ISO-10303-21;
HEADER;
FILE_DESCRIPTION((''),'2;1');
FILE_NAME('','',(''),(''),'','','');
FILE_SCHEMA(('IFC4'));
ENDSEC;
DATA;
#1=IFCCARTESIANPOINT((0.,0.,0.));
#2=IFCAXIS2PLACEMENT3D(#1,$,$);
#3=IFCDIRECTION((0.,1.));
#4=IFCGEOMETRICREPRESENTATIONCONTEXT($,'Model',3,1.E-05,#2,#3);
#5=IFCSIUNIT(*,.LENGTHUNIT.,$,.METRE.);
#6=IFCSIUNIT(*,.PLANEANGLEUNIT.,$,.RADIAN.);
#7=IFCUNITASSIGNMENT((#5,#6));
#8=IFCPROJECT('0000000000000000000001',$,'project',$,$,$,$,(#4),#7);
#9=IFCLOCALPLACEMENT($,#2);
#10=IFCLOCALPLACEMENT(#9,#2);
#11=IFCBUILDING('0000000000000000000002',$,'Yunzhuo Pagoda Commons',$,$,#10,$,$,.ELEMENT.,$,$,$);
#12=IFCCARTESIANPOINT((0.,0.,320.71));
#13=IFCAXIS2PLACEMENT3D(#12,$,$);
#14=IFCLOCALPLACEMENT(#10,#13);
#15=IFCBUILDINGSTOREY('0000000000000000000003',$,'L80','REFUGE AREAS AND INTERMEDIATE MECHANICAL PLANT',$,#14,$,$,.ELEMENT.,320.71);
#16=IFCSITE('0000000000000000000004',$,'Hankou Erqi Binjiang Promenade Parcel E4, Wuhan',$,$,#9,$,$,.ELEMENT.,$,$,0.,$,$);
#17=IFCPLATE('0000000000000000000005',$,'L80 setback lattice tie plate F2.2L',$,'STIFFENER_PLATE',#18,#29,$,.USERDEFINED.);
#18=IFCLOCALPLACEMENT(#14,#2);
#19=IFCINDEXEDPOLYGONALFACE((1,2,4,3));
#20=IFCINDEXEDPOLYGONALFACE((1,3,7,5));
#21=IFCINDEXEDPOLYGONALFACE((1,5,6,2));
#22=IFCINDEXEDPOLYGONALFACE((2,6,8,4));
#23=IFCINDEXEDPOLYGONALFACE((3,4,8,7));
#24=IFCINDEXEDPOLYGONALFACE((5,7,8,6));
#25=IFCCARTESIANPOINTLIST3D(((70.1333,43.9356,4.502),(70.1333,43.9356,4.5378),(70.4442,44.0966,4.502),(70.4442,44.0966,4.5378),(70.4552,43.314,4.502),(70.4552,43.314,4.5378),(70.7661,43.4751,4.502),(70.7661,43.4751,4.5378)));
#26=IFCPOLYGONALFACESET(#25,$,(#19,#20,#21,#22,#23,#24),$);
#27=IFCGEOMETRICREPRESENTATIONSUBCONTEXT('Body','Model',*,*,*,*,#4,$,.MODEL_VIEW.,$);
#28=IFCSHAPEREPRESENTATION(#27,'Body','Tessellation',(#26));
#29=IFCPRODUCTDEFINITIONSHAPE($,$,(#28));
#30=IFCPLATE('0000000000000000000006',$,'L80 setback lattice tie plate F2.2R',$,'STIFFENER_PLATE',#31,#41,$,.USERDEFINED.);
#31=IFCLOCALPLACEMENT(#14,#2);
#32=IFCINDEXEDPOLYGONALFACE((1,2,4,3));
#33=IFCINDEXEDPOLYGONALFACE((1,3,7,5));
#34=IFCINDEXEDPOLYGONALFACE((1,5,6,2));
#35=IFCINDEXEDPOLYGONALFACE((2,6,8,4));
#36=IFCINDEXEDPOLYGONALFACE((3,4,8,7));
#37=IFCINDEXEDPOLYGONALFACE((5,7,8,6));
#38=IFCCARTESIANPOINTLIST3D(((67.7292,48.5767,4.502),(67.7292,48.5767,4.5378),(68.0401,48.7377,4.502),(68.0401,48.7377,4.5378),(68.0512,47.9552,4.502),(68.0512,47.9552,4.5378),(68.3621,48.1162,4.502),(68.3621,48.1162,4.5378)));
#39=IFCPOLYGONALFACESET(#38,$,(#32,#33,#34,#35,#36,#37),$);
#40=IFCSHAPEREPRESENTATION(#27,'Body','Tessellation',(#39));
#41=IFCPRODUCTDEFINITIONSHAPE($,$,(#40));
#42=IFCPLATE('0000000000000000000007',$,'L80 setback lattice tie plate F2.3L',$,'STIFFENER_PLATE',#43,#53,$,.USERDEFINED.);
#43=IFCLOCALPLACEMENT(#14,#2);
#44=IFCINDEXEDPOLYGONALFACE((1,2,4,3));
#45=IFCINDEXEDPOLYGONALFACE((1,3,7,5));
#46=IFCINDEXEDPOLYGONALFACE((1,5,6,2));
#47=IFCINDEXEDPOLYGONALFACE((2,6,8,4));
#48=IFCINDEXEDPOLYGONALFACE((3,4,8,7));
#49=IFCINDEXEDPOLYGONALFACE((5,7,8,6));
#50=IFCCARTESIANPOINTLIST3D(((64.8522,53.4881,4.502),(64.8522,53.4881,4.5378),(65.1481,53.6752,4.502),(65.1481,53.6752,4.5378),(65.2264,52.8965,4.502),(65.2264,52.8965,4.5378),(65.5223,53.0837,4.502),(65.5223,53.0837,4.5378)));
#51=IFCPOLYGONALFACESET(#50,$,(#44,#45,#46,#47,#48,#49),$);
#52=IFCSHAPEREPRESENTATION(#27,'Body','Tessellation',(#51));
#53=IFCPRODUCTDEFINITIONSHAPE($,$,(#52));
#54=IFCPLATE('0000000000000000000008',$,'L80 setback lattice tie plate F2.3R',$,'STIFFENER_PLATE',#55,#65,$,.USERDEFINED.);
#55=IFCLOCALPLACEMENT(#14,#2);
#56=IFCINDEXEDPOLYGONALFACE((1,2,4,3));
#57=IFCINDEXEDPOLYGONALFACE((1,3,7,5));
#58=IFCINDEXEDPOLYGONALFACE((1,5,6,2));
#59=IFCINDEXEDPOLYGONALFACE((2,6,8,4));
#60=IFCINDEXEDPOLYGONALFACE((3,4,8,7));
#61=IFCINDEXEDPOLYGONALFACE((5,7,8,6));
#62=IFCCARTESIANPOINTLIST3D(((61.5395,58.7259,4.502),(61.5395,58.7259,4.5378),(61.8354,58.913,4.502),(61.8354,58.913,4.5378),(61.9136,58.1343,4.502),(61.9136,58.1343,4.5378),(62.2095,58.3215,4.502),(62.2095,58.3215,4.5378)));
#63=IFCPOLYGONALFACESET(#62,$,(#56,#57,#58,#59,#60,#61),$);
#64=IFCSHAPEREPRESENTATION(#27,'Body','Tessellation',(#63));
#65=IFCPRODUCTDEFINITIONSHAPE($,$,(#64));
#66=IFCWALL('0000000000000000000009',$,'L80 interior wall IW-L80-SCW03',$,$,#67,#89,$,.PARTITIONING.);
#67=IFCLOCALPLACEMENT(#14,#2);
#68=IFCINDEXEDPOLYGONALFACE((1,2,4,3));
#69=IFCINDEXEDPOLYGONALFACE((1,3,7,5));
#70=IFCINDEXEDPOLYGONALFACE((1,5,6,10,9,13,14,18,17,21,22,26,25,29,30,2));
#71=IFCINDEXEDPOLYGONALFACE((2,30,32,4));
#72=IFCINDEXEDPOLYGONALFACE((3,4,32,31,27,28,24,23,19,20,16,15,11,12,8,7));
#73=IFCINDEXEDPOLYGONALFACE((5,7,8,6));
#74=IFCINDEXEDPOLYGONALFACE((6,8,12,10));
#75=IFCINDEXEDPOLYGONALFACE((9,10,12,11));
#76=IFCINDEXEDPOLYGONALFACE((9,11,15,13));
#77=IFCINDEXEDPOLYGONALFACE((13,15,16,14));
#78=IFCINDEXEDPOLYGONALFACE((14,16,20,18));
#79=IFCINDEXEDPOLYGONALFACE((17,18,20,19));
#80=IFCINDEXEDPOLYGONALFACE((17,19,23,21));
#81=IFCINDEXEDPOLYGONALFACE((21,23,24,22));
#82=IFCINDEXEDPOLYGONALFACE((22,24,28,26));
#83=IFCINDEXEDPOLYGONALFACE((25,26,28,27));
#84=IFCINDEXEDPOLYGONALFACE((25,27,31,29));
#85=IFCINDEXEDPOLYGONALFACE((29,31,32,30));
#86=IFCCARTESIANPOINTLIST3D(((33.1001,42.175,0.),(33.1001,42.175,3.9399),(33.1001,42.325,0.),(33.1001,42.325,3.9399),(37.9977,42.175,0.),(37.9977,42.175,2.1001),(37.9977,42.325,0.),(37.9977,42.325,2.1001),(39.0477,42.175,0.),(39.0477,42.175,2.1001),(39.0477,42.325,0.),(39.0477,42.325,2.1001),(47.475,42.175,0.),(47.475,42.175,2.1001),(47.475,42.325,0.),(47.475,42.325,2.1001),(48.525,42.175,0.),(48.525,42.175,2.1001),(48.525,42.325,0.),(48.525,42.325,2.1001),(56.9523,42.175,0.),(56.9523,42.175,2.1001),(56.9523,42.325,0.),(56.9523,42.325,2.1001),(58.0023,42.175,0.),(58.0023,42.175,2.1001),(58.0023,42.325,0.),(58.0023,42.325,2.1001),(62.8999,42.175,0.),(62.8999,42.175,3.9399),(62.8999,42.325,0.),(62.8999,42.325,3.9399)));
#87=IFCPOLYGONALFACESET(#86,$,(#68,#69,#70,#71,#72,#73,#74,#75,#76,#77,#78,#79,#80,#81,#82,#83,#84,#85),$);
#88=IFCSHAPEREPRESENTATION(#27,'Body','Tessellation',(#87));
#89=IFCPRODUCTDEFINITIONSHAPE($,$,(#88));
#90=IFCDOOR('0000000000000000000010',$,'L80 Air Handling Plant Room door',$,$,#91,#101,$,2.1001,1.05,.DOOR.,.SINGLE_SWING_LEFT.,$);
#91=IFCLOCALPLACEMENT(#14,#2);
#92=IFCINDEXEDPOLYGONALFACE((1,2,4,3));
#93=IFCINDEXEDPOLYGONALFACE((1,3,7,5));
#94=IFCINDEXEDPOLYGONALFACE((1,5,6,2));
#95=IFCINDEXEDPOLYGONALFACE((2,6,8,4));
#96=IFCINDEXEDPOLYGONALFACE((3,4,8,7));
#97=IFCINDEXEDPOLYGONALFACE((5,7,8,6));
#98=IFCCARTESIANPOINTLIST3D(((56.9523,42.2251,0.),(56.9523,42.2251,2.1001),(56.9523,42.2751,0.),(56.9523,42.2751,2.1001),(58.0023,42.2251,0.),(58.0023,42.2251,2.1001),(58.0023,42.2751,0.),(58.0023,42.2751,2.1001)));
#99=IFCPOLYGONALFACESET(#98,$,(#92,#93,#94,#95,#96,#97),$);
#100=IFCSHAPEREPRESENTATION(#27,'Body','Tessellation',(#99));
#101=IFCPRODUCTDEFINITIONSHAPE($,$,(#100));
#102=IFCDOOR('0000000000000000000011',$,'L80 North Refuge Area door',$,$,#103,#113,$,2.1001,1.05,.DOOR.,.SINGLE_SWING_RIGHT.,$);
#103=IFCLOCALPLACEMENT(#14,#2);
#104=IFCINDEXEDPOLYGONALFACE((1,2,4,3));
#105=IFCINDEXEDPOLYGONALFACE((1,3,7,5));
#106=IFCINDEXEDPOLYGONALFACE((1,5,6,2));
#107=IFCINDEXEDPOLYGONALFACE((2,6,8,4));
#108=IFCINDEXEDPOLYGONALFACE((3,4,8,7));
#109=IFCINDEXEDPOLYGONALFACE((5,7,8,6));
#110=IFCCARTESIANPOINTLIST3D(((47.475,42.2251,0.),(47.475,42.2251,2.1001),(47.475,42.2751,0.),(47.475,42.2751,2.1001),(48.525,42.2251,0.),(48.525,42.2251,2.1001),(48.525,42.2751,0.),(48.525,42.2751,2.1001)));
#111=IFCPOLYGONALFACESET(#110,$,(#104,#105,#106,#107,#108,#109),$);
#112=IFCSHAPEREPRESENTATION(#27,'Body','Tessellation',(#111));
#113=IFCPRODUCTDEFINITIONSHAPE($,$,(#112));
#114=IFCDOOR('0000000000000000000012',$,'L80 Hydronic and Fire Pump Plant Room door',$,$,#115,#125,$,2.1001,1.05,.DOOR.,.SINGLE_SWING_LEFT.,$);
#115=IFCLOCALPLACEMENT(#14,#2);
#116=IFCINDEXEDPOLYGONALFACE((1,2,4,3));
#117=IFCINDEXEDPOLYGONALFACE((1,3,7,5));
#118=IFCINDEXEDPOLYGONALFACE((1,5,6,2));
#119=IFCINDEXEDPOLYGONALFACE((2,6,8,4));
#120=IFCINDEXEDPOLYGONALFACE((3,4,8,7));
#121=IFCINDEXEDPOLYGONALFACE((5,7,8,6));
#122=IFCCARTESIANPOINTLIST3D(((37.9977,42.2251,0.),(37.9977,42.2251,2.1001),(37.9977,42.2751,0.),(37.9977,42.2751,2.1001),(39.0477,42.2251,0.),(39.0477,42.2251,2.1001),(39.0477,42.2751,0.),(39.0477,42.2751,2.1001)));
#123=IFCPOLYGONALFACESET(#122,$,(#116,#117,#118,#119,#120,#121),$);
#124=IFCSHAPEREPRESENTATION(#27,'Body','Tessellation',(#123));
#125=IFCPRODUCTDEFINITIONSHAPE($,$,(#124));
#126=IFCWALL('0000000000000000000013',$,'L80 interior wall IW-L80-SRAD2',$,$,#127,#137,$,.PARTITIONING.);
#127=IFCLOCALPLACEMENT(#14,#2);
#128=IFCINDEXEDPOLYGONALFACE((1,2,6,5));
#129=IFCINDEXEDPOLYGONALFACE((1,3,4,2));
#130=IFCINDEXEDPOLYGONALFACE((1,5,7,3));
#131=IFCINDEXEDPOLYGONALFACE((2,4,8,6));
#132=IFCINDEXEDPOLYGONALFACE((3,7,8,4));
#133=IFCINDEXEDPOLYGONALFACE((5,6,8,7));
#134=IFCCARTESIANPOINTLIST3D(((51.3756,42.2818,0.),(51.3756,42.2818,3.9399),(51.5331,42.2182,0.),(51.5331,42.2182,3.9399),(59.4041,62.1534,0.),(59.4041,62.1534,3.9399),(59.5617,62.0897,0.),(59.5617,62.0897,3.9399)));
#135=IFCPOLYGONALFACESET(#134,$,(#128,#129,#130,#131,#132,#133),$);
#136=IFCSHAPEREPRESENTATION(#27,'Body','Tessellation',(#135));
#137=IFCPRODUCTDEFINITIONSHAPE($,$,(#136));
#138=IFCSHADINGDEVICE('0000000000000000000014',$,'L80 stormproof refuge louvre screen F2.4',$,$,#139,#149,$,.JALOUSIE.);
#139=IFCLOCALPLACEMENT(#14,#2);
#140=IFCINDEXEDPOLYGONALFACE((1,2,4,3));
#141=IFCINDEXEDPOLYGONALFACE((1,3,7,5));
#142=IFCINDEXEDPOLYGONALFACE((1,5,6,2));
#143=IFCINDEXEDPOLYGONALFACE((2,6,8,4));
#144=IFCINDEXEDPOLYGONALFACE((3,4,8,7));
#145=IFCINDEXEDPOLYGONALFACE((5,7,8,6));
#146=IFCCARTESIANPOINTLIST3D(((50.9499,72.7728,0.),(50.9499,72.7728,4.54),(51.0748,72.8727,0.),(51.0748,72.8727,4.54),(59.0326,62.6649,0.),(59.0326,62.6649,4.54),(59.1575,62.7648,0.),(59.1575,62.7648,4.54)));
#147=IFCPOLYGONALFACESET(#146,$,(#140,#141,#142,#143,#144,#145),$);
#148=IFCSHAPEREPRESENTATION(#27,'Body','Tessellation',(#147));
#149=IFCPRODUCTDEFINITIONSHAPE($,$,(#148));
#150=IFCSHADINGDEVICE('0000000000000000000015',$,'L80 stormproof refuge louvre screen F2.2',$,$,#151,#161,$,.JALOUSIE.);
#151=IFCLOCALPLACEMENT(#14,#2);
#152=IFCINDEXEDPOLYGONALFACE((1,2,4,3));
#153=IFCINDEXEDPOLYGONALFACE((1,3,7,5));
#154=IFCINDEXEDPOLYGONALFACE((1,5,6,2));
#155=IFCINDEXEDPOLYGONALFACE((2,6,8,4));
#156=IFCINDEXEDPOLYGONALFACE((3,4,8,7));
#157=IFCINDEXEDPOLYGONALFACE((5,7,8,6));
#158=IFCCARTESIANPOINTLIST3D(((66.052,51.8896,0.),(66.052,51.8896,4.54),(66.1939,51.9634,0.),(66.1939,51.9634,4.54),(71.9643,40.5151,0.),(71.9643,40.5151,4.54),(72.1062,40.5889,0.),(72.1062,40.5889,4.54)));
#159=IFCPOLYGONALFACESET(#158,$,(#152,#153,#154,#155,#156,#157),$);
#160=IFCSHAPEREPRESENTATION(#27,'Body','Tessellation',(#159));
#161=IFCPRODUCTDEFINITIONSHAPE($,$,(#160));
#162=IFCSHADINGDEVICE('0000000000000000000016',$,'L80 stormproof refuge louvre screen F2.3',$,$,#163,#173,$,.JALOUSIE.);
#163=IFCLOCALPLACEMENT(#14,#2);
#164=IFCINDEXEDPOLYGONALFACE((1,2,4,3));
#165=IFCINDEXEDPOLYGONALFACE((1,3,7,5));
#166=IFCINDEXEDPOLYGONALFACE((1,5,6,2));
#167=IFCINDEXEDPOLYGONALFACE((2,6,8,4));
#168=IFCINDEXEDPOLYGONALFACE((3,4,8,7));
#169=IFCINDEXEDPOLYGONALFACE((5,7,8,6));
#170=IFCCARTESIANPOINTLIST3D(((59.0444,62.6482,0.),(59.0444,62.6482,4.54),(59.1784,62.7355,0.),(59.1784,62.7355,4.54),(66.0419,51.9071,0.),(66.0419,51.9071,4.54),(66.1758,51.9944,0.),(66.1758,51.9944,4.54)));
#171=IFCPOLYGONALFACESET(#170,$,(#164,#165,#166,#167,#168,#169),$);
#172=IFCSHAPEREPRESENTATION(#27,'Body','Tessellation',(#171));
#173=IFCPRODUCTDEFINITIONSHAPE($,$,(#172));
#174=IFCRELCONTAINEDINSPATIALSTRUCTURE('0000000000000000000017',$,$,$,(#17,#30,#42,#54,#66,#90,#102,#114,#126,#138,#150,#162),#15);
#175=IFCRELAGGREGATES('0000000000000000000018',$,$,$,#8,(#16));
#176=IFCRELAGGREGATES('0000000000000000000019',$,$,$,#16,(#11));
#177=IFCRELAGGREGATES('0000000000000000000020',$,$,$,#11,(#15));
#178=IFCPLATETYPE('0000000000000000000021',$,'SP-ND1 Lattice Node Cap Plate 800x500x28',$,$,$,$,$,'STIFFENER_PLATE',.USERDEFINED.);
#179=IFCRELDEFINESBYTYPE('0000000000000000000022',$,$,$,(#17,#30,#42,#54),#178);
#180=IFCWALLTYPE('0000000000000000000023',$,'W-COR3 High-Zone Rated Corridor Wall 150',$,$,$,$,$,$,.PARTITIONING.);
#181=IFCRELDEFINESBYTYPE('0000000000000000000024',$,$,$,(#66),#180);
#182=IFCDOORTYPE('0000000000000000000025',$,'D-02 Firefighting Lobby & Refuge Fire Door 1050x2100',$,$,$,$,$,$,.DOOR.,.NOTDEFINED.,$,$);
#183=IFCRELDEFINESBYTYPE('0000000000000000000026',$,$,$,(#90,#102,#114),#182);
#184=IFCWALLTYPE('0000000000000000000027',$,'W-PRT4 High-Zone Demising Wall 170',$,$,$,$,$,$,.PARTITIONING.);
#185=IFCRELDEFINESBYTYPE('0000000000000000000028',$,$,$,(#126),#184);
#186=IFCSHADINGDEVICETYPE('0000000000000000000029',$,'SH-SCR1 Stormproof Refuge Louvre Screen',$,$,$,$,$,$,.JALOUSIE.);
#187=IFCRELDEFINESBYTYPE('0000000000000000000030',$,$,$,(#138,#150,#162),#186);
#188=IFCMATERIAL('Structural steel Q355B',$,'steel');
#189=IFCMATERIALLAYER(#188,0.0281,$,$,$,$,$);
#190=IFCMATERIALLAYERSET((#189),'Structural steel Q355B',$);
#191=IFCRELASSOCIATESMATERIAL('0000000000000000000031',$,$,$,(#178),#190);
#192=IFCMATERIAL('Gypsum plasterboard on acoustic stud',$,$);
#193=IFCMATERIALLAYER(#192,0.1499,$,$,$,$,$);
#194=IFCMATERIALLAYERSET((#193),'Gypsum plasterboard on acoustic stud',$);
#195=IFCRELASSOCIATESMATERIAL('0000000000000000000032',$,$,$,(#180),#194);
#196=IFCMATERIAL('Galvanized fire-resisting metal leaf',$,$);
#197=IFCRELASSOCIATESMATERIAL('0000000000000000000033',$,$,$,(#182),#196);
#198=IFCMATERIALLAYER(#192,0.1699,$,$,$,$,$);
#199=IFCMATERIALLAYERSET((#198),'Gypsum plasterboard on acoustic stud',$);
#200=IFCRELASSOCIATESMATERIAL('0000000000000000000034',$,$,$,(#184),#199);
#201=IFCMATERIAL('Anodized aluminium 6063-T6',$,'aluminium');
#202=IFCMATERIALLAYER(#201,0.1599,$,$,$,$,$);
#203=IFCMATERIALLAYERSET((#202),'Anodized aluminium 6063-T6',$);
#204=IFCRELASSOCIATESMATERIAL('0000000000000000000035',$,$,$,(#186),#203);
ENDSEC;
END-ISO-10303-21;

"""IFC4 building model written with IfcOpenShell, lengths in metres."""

from ifc_helpers import new_model, si_unit, direction, frame, frame_2d, origin, origin_with_axes, origin_2d, place, context, subcontext, project, spatial, rectangle, extrude, source, transform, mapped, material, layer, layer_set, type_object, element, fill, save


model = new_model("IFC4")

# Units and contexts
model_context = context("Model", 3, precision=1e-05, world=origin(), true_north=direction((0.0, 1.0)))
body_context = subcontext(model_context, "Body", "Model", "MODEL_VIEW")
ifc_project = project(units=[si_unit("LENGTHUNIT", "METRE"), si_unit("PLANEANGLEUNIT", "RADIAN")], contexts=[model_context])

# Site, building, storey
site_placement = place(None, origin())
site = spatial("IfcSite", under=ifc_project, at=site_placement, Name="Hankou Erqi Binjiang Promenade Parcel E4, Wuhan", CompositionType="ELEMENT", RefElevation=0.0)
building_placement = place(site_placement, origin())
building = spatial("IfcBuilding", under=site, at=building_placement, Name="Yunzhuo Pagoda Commons", CompositionType="ELEMENT")
storey_placement = place(building_placement, frame((0.0, 0.0, 320.71)))
storey = spatial("IfcBuildingStorey", under=building, at=storey_placement, Name="L80", Description="REFUGE AREAS AND INTERMEDIATE MECHANICAL PLANT", CompositionType="ELEMENT", Elevation=320.71)

# Shared definitions
ifc_material_1 = material(Name="Structural steel Q355B", Category="steel")

# Plates
ifc_layer_1 = layer(ifc_material_1, 0.0281)
ifc_layer_set_1 = layer_set([ifc_layer_1], Name="Structural steel Q355B")
plate_type_1 = type_object("IfcPlateType", Name="SP-ND1 Lattice Node Cap Plate 800x500x28", ElementType="STIFFENER_PLATE", PredefinedType="USERDEFINED", material=ifc_layer_set_1)
shared_shape_1 = source(origin(), body_context, "Body", "SweptSolid", [
    extrude(rectangle(XDim=0.7, YDim=0.3501, at=origin_2d()), origin(), (0.0, 0.0, 1.0), 0.0359),
])
for number, where, z_axis, x_axis, name in (
    (1, (70.4497, 43.7053, 4.502), (0.0, 0.0, 1.0), (-0.459952, 0.887944, 0.0), "L80 setback lattice tie plate F2.2L"),
    (2, (68.0457, 48.3464, 4.502), (0.0, 0.0, 1.0), (-0.459952, 0.887944, 0.0), "L80 setback lattice tie plate F2.2R"),
    (3, (65.1873, 53.2859, 4.502), (0.0, 0.0, 1.0), (-0.534529, 0.84515, 0.0), "L80 setback lattice tie plate F2.3L"),
    (4, (61.8745, 58.5237, 4.502), (0.0, 0.0, 1.0), (-0.534529, 0.84515, 0.0), "L80 setback lattice tie plate F2.3R"),
):
    element("IfcPlate", number, at=place(storey_placement, frame(where, z_axis=z_axis, x_axis=x_axis)), inside=storey, type_object=plate_type_1, Name=name, ObjectType="STIFFENER_PLATE", PredefinedType="USERDEFINED", context=body_context, shape_type="MappedRepresentation", body=[
        mapped(shared_shape_1, transform((0.0, 0.0, 0.0), scale=1.0)),
    ])

# Wall, openings, doors
ifc_material_2 = material(Name="Gypsum plasterboard on acoustic stud")
ifc_layer_2 = layer(ifc_material_2, 0.1499)
ifc_layer_set_2 = layer_set([ifc_layer_2], Name="Gypsum plasterboard on acoustic stud")
wall_type_1 = type_object("IfcWallType", Name="W-COR3 High-Zone Rated Corridor Wall 150", PredefinedType="PARTITIONING", material=ifc_layer_set_2)
wall_1_placement = place(storey_placement, frame((62.8999, 42.25, 0.0), z_axis=(0.0, 0.0, 1.0), x_axis=(-1.0, 0.0, 0.0)))
wall_1 = element("IfcWall", 5, at=wall_1_placement, inside=storey, type_object=wall_type_1, Name="L80 interior wall IW-L80-SCW03", PredefinedType="PARTITIONING", context=body_context, shape_type="SweptSolid", body=[
    extrude(rectangle(XDim=29.7998, YDim=0.1499, at=frame_2d((14.8999, 0.0))), origin(), (0.0, 0.0, 1.0), 3.9399),
])
opening_1_placement = place(wall_1_placement, frame((4.8977, 0.0, 0.0)))
opening_1 = element("IfcOpeningElement", 6, at=opening_1_placement, cuts=wall_1, PredefinedType="OPENING", context=body_context, shape_type="SweptSolid", body=[
    extrude(rectangle(XDim=1.05, YDim=2.1001, at=frame_2d((0.5249, 1.05))), frame((0.0, 0.085, 0.0), z_axis=(0.0, -1.0, 0.0), x_axis=(1.0, 0.0, 0.0)), (0.0, 0.0, 1.0), 0.1699),
])
opening_2_placement = place(wall_1_placement, frame((14.375, 0.0, 0.0)))
opening_2 = element("IfcOpeningElement", 7, at=opening_2_placement, cuts=wall_1, PredefinedType="OPENING", context=body_context, shape_type="SweptSolid", body=[
    extrude(rectangle(XDim=1.05, YDim=2.1001, at=frame_2d((0.5249, 1.05))), frame((0.0, 0.085, 0.0), z_axis=(0.0, -1.0, 0.0), x_axis=(1.0, 0.0, 0.0)), (0.0, 0.0, 1.0), 0.1699),
])
opening_3_placement = place(wall_1_placement, frame((23.8523, 0.0, 0.0)))
opening_3 = element("IfcOpeningElement", 8, at=opening_3_placement, cuts=wall_1, PredefinedType="OPENING", context=body_context, shape_type="SweptSolid", body=[
    extrude(rectangle(XDim=1.05, YDim=2.1001, at=frame_2d((0.5249, 1.05))), frame((0.0, 0.085, 0.0), z_axis=(0.0, -1.0, 0.0), x_axis=(1.0, 0.0, 0.0)), (0.0, 0.0, 1.0), 0.1699),
])
ifc_material_3 = material(Name="Galvanized fire-resisting metal leaf")
door_type = type_object("IfcDoorType", Name="D-02 Firefighting Lobby & Refuge Fire Door 1050x2100", OperationType="NOTDEFINED", PredefinedType="DOOR", material=ifc_material_3)
shared_shape_2 = source(origin(), body_context, "Body", "SweptSolid", [
    extrude(rectangle(XDim=1.05, YDim=2.1001, at=frame_2d((0.5249, 1.05))), frame((0.0, 0.0249, 0.0), z_axis=(0.0, -1.0, 0.0), x_axis=(1.0, 0.0, 0.0)), (0.0, 0.0, 1.0), 0.05),
])
door_1_placement = place(opening_1_placement, origin_with_axes())
door_1 = element("IfcDoor", 9, at=door_1_placement, inside=storey, type_object=door_type, Name="L80 Air Handling Plant Room door", OperationType="SINGLE_SWING_LEFT", OverallHeight=2.1001, OverallWidth=1.05, PredefinedType="DOOR", context=body_context, shape_type="MappedRepresentation", body=[
    mapped(shared_shape_2, transform((0.0, 0.0, 0.0), scale=1.0)),
])
fill(opening_1, door_1)
door_2_placement = place(opening_2_placement, origin_with_axes())
door_2 = element("IfcDoor", 10, at=door_2_placement, inside=storey, type_object=door_type, Name="L80 North Refuge Area door", OperationType="SINGLE_SWING_RIGHT", OverallHeight=2.1001, OverallWidth=1.05, PredefinedType="DOOR", context=body_context, shape_type="MappedRepresentation", body=[
    mapped(shared_shape_2, transform((0.0, 0.0, 0.0), scale=1.0)),
])
fill(opening_2, door_2)
door_3_placement = place(opening_3_placement, origin_with_axes())
door_3 = element("IfcDoor", 11, at=door_3_placement, inside=storey, type_object=door_type, Name="L80 Hydronic and Fire Pump Plant Room door", OperationType="SINGLE_SWING_LEFT", OverallHeight=2.1001, OverallWidth=1.05, PredefinedType="DOOR", context=body_context, shape_type="MappedRepresentation", body=[
    mapped(shared_shape_2, transform((0.0, 0.0, 0.0), scale=1.0)),
])
fill(opening_3, door_3)

# Wall
ifc_layer_3 = layer(ifc_material_2, 0.1699)
ifc_layer_set_3 = layer_set([ifc_layer_3], Name="Gypsum plasterboard on acoustic stud")
wall_type_2 = type_object("IfcWallType", Name="W-PRT4 High-Zone Demising Wall 170", PredefinedType="PARTITIONING", material=ifc_layer_set_3)
wall_2_placement = place(storey_placement, frame((51.4543, 42.25, 0.0), z_axis=(0.0, 0.0, 1.0), x_axis=(0.374604, 0.927185, 0.0)))
element("IfcWall", 12, at=wall_2_placement, inside=storey, type_object=wall_type_2, Name="L80 interior wall IW-L80-SRAD2", PredefinedType="PARTITIONING", context=body_context, shape_type="SweptSolid", body=[
    extrude(rectangle(XDim=21.4321, YDim=0.1699, at=frame_2d((10.7161, 0.0))), origin(), (0.0, 0.0, 1.0), 3.9399),
])

# Shading devices
ifc_material_4 = material(Name="Anodized aluminium 6063-T6", Category="aluminium")
ifc_layer_4 = layer(ifc_material_4, 0.1599)
ifc_layer_set_4 = layer_set([ifc_layer_4], Name="Anodized aluminium 6063-T6")
shading_device_type = type_object("IfcShadingDeviceType", Name="SH-SCR1 Stormproof Refuge Louvre Screen", PredefinedType="JALOUSIE", material=ifc_layer_set_4)
shared_shape_3 = source(origin(), body_context, "Body", "SweptSolid", [
    extrude(rectangle(XDim=12.9421, YDim=0.1599, at=origin_2d()), origin(), (0.0, 0.0, 1.0), 4.54),
])
shading_device_placement = place(storey_placement, frame((55.0537, 67.7688, 0.0), z_axis=(0.0, 0.0, 1.0), x_axis=(-0.62452, 0.781008, 0.0)))
element("IfcShadingDevice", 13, at=shading_device_placement, inside=storey, type_object=shading_device_type, Name="L80 stormproof refuge louvre screen F2.4", PredefinedType="JALOUSIE", context=body_context, shape_type="MappedRepresentation", body=[
    mapped(shared_shape_3, transform((0.0, 0.0, 0.0), scale=1.0)),
])
shared_shape_4 = source(origin(), body_context, "Body", "SweptSolid", [
    extrude(rectangle(XDim=12.8193, YDim=0.1599, at=origin_2d()), origin(), (0.0, 0.0, 1.0), 4.54),
])
for number, where, z_axis, x_axis, name in (
    (14, (69.0791, 46.2393, 0.0), (0.0, 0.0, 1.0), (-0.461207, 0.887293, 0.0), "L80 stormproof refuge louvre screen F2.2"),
    (15, (62.6101, 57.3213, 0.0), (0.0, 0.0, 1.0), (-0.545853, 0.837881, 0.0), "L80 stormproof refuge louvre screen F2.3"),
):
    element("IfcShadingDevice", number, at=place(storey_placement, frame(where, z_axis=z_axis, x_axis=x_axis)), inside=storey, type_object=shading_device_type, Name=name, PredefinedType="JALOUSIE", context=body_context, shape_type="MappedRepresentation", body=[
        mapped(shared_shape_4, transform((0.0, 0.0, 0.0), scale=1.0)),
    ])

save(model, "model.ifc")
